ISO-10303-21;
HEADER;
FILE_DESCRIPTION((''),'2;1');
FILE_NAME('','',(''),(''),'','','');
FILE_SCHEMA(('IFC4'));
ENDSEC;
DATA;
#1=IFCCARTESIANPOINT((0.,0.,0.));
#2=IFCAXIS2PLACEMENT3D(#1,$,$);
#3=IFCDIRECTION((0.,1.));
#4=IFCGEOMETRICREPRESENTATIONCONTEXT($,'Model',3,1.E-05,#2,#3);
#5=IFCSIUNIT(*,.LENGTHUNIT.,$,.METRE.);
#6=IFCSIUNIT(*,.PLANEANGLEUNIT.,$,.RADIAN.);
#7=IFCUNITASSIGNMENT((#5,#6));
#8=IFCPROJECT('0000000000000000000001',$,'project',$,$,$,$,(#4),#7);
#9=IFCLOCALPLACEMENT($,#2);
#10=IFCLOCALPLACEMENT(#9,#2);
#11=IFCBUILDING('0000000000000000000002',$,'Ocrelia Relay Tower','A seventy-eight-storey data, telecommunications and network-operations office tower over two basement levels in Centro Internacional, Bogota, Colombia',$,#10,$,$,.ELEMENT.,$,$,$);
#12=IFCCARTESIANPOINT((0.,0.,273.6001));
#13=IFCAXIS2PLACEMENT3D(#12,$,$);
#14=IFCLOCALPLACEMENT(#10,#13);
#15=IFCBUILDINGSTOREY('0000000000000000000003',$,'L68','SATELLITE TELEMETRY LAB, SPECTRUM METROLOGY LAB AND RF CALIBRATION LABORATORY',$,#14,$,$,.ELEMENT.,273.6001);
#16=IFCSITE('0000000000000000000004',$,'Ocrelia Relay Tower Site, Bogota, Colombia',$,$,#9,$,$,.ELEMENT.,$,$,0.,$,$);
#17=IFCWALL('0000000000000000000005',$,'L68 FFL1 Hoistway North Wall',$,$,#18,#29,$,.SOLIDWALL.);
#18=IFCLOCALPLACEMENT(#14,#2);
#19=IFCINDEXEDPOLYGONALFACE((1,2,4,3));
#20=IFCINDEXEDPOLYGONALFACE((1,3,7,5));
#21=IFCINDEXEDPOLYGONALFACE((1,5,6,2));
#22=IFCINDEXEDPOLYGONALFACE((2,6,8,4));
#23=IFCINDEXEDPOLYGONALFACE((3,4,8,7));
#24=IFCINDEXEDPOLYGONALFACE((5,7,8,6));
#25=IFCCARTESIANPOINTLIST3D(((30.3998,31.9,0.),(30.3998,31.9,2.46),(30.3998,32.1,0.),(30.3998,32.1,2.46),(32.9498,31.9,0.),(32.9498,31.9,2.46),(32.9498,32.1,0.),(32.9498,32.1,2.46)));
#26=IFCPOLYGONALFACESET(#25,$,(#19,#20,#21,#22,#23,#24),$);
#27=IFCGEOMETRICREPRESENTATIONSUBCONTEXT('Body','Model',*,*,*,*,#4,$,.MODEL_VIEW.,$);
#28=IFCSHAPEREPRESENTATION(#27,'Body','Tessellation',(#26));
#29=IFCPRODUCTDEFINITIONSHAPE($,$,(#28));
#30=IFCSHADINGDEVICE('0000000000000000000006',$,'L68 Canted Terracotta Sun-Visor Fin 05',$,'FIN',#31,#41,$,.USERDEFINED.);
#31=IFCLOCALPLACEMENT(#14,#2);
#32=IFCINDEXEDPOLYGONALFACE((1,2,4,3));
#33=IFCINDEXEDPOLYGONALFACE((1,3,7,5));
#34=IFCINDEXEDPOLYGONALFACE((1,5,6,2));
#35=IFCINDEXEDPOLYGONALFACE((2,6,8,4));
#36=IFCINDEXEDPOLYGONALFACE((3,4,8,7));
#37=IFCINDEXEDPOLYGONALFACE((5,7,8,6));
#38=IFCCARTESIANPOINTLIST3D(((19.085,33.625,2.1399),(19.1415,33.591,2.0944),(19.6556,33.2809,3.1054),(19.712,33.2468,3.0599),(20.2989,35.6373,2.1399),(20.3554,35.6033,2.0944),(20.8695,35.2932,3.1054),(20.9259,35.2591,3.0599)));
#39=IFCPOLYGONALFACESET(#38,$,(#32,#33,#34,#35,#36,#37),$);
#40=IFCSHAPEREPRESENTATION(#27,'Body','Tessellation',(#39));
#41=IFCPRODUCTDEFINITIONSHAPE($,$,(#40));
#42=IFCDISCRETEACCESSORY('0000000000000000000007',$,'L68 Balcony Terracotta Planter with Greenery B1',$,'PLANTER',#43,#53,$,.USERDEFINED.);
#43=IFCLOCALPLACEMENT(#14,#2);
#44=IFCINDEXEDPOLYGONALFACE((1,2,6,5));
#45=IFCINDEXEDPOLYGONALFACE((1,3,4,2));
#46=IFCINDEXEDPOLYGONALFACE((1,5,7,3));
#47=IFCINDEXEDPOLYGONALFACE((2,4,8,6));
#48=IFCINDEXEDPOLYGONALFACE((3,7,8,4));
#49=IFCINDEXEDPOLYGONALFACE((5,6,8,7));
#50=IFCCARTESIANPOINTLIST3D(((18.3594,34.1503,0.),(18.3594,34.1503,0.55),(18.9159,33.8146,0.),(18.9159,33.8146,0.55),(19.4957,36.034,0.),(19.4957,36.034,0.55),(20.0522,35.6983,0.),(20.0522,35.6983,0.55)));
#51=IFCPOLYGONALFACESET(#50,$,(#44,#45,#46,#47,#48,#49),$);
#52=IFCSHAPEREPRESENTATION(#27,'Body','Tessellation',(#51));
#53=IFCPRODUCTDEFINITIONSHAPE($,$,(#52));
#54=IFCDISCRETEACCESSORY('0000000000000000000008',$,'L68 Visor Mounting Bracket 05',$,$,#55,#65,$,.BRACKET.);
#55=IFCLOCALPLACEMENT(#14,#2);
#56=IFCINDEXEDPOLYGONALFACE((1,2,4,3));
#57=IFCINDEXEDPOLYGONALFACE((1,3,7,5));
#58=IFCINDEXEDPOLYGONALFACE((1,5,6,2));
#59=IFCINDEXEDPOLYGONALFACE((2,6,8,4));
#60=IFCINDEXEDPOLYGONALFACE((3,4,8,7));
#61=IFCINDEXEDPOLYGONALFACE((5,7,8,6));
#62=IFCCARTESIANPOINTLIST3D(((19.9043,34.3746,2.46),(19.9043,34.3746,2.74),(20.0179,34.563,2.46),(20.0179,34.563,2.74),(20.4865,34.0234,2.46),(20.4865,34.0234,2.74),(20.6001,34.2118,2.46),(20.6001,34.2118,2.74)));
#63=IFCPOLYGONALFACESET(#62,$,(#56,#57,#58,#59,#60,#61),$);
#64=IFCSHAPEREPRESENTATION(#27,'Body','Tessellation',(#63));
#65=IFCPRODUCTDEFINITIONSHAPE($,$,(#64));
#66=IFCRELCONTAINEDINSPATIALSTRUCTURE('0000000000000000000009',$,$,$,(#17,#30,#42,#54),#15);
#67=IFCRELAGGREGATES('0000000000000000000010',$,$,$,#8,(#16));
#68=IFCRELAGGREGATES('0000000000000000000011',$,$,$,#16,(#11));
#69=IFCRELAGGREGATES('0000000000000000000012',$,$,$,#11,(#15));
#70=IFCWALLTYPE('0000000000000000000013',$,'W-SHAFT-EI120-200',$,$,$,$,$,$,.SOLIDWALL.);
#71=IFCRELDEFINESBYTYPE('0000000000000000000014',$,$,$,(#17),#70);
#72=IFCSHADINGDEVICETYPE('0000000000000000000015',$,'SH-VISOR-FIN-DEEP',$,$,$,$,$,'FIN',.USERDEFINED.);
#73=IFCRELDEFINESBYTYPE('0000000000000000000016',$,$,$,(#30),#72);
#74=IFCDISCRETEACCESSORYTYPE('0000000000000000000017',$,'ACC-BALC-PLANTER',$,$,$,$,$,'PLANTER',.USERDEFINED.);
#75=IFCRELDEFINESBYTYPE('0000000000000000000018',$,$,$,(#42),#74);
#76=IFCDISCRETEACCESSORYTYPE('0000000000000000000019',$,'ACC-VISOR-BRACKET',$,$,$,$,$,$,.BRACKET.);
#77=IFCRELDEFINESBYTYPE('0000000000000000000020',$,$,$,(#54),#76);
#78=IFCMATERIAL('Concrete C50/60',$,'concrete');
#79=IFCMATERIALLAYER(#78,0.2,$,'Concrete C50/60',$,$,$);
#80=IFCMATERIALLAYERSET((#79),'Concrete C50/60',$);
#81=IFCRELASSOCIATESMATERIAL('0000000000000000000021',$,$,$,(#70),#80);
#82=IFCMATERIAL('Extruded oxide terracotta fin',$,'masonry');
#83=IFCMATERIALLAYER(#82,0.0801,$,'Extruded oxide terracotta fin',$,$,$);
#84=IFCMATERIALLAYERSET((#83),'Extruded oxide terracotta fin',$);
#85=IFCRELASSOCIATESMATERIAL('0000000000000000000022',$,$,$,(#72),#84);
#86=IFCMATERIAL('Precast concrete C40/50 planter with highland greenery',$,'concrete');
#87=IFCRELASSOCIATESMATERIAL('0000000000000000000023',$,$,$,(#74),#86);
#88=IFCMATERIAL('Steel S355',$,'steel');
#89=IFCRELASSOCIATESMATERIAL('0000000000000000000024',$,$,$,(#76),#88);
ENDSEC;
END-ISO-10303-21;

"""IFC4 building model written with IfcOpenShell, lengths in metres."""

from ifc_helpers import new_model, si_unit, direction, frame, frame_2d, origin, origin_2d, place, context, subcontext, project, spatial, rectangle, extrude, material, layer, layer_set, type_object, element, save


model = new_model("IFC4")

# Units and contexts
model_context = context("Model", 3, precision=1e-05, world=origin(), true_north=direction((0.0, 1.0)))
body_context = subcontext(model_context, "Body", "Model", "MODEL_VIEW")
ifc_project = project(units=[si_unit("LENGTHUNIT", "METRE"), si_unit("PLANEANGLEUNIT", "RADIAN")], contexts=[model_context])

# Site, building, storey
site_placement = place(None, origin())
site = spatial("IfcSite", under=ifc_project, at=site_placement, Name="Ocrelia Relay Tower Site, Bogota, Colombia", CompositionType="ELEMENT", RefElevation=0.0)
building_placement = place(site_placement, origin())
building = spatial("IfcBuilding", under=site, at=building_placement, Name="Ocrelia Relay Tower", Description="A seventy-eight-storey data, telecommunications and network-operations office tower over two basement levels in Centro Internacional, Bogota, Colombia", CompositionType="ELEMENT")
storey_placement = place(building_placement, frame((0.0, 0.0, 273.6001)))
storey = spatial("IfcBuildingStorey", under=building, at=storey_placement, Name="L68", Description="SATELLITE TELEMETRY LAB, SPECTRUM METROLOGY LAB AND RF CALIBRATION LABORATORY", CompositionType="ELEMENT", Elevation=273.6001)

# Shared definitions
ifc_material_1 = material(Name="Concrete C50/60", Category="concrete")

# Shared definitions
ifc_material_2 = material(Name="Steel S355", Category="steel")

# Wall
ifc_layer_1 = layer(ifc_material_1, 0.2, Name="Concrete C50/60")
ifc_layer_set_1 = layer_set([ifc_layer_1], Name="Concrete C50/60")
wall_type_1 = type_object("IfcWallType", Name="W-SHAFT-EI120-200", PredefinedType="SOLIDWALL", material=ifc_layer_set_1)
wall_1_placement = place(storey_placement, frame((30.3999, 32.0, 0.0), z_axis=(0.0, 0.0, 1.0), x_axis=(1.0, 0.0, 0.0)))
element("IfcWall", 1, at=wall_1_placement, inside=storey, type_object=wall_type_1, Name="L68 FFL1 Hoistway North Wall", PredefinedType="SOLIDWALL", context=body_context, shape_type="SweptSolid", body=[
    extrude(rectangle(XDim=2.55, YDim=0.2, at=frame_2d((1.2749, 0.0))), origin(), (0.0, 0.0, 1.0), 2.46),
])

# Shading device
ifc_material_3 = material(Name="Extruded oxide terracotta fin", Category="masonry")
ifc_layer_2 = layer(ifc_material_3, 0.0801, Name="Extruded oxide terracotta fin")
ifc_layer_set_2 = layer_set([ifc_layer_2], Name="Extruded oxide terracotta fin")
shading_device_type = type_object("IfcShadingDeviceType", Name="SH-VISOR-FIN-DEEP", ElementType="FIN", PredefinedType="USERDEFINED", material=ifc_layer_set_2)
shading_device_placement = place(storey_placement, frame((20.0337, 34.425, 2.5771), z_axis=(-0.704738, 0.425129, 0.567987), x_axis=(-0.516537, -0.856265, 0.0)))
element("IfcShadingDevice", 2, at=shading_device_placement, inside=storey, type_object=shading_device_type, Name="L68 Canted Terracotta Sun-Visor Fin 05", ObjectType="FIN", PredefinedType="USERDEFINED", context=body_context, shape_type="SweptSolid", body=[
    extrude(rectangle(XDim=2.3501, YDim=1.1731, at=origin_2d()), origin(), (0.0, 0.0, 1.0), 0.0801),
])

# Discrete accessories
ifc_material_4 = material(Name="Precast concrete C40/50 planter with highland greenery", Category="concrete")
discrete_accessory_type_1 = type_object("IfcDiscreteAccessoryType", Name="ACC-BALC-PLANTER", ElementType="PLANTER", PredefinedType="USERDEFINED", material=ifc_material_4)
discrete_accessory_1_placement = place(storey_placement, frame((19.2058, 34.9243, 0.0), z_axis=(0.0, 0.0, 1.0), x_axis=(0.516531, 0.856268, 0.0)))
element("IfcDiscreteAccessory", 3, at=discrete_accessory_1_placement, inside=storey, type_object=discrete_accessory_type_1, Name="L68 Balcony Terracotta Planter with Greenery B1", ObjectType="PLANTER", PredefinedType="USERDEFINED", context=body_context, shape_type="SweptSolid", body=[
    extrude(rectangle(XDim=2.2, YDim=0.6499, at=origin_2d()), origin(), (0.0, 0.0, 1.0), 0.55),
])
discrete_accessory_type_2 = type_object("IfcDiscreteAccessoryType", Name="ACC-VISOR-BRACKET", PredefinedType="BRACKET", material=ifc_material_2)
discrete_accessory_2_placement = place(storey_placement, frame((20.2522, 34.2932, 2.46), z_axis=(0.0, 0.0, 1.0), x_axis=(-0.516537, -0.856265, 0.0)))
element("IfcDiscreteAccessory", 4, at=discrete_accessory_2_placement, inside=storey, type_object=discrete_accessory_type_2, Name="L68 Visor Mounting Bracket 05", PredefinedType="BRACKET", context=body_context, shape_type="SweptSolid", body=[
    extrude(rectangle(XDim=0.22, YDim=0.6799, at=origin_2d()), origin(), (0.0, 0.0, 1.0), 0.28),
])

save(model, "model.ifc")
